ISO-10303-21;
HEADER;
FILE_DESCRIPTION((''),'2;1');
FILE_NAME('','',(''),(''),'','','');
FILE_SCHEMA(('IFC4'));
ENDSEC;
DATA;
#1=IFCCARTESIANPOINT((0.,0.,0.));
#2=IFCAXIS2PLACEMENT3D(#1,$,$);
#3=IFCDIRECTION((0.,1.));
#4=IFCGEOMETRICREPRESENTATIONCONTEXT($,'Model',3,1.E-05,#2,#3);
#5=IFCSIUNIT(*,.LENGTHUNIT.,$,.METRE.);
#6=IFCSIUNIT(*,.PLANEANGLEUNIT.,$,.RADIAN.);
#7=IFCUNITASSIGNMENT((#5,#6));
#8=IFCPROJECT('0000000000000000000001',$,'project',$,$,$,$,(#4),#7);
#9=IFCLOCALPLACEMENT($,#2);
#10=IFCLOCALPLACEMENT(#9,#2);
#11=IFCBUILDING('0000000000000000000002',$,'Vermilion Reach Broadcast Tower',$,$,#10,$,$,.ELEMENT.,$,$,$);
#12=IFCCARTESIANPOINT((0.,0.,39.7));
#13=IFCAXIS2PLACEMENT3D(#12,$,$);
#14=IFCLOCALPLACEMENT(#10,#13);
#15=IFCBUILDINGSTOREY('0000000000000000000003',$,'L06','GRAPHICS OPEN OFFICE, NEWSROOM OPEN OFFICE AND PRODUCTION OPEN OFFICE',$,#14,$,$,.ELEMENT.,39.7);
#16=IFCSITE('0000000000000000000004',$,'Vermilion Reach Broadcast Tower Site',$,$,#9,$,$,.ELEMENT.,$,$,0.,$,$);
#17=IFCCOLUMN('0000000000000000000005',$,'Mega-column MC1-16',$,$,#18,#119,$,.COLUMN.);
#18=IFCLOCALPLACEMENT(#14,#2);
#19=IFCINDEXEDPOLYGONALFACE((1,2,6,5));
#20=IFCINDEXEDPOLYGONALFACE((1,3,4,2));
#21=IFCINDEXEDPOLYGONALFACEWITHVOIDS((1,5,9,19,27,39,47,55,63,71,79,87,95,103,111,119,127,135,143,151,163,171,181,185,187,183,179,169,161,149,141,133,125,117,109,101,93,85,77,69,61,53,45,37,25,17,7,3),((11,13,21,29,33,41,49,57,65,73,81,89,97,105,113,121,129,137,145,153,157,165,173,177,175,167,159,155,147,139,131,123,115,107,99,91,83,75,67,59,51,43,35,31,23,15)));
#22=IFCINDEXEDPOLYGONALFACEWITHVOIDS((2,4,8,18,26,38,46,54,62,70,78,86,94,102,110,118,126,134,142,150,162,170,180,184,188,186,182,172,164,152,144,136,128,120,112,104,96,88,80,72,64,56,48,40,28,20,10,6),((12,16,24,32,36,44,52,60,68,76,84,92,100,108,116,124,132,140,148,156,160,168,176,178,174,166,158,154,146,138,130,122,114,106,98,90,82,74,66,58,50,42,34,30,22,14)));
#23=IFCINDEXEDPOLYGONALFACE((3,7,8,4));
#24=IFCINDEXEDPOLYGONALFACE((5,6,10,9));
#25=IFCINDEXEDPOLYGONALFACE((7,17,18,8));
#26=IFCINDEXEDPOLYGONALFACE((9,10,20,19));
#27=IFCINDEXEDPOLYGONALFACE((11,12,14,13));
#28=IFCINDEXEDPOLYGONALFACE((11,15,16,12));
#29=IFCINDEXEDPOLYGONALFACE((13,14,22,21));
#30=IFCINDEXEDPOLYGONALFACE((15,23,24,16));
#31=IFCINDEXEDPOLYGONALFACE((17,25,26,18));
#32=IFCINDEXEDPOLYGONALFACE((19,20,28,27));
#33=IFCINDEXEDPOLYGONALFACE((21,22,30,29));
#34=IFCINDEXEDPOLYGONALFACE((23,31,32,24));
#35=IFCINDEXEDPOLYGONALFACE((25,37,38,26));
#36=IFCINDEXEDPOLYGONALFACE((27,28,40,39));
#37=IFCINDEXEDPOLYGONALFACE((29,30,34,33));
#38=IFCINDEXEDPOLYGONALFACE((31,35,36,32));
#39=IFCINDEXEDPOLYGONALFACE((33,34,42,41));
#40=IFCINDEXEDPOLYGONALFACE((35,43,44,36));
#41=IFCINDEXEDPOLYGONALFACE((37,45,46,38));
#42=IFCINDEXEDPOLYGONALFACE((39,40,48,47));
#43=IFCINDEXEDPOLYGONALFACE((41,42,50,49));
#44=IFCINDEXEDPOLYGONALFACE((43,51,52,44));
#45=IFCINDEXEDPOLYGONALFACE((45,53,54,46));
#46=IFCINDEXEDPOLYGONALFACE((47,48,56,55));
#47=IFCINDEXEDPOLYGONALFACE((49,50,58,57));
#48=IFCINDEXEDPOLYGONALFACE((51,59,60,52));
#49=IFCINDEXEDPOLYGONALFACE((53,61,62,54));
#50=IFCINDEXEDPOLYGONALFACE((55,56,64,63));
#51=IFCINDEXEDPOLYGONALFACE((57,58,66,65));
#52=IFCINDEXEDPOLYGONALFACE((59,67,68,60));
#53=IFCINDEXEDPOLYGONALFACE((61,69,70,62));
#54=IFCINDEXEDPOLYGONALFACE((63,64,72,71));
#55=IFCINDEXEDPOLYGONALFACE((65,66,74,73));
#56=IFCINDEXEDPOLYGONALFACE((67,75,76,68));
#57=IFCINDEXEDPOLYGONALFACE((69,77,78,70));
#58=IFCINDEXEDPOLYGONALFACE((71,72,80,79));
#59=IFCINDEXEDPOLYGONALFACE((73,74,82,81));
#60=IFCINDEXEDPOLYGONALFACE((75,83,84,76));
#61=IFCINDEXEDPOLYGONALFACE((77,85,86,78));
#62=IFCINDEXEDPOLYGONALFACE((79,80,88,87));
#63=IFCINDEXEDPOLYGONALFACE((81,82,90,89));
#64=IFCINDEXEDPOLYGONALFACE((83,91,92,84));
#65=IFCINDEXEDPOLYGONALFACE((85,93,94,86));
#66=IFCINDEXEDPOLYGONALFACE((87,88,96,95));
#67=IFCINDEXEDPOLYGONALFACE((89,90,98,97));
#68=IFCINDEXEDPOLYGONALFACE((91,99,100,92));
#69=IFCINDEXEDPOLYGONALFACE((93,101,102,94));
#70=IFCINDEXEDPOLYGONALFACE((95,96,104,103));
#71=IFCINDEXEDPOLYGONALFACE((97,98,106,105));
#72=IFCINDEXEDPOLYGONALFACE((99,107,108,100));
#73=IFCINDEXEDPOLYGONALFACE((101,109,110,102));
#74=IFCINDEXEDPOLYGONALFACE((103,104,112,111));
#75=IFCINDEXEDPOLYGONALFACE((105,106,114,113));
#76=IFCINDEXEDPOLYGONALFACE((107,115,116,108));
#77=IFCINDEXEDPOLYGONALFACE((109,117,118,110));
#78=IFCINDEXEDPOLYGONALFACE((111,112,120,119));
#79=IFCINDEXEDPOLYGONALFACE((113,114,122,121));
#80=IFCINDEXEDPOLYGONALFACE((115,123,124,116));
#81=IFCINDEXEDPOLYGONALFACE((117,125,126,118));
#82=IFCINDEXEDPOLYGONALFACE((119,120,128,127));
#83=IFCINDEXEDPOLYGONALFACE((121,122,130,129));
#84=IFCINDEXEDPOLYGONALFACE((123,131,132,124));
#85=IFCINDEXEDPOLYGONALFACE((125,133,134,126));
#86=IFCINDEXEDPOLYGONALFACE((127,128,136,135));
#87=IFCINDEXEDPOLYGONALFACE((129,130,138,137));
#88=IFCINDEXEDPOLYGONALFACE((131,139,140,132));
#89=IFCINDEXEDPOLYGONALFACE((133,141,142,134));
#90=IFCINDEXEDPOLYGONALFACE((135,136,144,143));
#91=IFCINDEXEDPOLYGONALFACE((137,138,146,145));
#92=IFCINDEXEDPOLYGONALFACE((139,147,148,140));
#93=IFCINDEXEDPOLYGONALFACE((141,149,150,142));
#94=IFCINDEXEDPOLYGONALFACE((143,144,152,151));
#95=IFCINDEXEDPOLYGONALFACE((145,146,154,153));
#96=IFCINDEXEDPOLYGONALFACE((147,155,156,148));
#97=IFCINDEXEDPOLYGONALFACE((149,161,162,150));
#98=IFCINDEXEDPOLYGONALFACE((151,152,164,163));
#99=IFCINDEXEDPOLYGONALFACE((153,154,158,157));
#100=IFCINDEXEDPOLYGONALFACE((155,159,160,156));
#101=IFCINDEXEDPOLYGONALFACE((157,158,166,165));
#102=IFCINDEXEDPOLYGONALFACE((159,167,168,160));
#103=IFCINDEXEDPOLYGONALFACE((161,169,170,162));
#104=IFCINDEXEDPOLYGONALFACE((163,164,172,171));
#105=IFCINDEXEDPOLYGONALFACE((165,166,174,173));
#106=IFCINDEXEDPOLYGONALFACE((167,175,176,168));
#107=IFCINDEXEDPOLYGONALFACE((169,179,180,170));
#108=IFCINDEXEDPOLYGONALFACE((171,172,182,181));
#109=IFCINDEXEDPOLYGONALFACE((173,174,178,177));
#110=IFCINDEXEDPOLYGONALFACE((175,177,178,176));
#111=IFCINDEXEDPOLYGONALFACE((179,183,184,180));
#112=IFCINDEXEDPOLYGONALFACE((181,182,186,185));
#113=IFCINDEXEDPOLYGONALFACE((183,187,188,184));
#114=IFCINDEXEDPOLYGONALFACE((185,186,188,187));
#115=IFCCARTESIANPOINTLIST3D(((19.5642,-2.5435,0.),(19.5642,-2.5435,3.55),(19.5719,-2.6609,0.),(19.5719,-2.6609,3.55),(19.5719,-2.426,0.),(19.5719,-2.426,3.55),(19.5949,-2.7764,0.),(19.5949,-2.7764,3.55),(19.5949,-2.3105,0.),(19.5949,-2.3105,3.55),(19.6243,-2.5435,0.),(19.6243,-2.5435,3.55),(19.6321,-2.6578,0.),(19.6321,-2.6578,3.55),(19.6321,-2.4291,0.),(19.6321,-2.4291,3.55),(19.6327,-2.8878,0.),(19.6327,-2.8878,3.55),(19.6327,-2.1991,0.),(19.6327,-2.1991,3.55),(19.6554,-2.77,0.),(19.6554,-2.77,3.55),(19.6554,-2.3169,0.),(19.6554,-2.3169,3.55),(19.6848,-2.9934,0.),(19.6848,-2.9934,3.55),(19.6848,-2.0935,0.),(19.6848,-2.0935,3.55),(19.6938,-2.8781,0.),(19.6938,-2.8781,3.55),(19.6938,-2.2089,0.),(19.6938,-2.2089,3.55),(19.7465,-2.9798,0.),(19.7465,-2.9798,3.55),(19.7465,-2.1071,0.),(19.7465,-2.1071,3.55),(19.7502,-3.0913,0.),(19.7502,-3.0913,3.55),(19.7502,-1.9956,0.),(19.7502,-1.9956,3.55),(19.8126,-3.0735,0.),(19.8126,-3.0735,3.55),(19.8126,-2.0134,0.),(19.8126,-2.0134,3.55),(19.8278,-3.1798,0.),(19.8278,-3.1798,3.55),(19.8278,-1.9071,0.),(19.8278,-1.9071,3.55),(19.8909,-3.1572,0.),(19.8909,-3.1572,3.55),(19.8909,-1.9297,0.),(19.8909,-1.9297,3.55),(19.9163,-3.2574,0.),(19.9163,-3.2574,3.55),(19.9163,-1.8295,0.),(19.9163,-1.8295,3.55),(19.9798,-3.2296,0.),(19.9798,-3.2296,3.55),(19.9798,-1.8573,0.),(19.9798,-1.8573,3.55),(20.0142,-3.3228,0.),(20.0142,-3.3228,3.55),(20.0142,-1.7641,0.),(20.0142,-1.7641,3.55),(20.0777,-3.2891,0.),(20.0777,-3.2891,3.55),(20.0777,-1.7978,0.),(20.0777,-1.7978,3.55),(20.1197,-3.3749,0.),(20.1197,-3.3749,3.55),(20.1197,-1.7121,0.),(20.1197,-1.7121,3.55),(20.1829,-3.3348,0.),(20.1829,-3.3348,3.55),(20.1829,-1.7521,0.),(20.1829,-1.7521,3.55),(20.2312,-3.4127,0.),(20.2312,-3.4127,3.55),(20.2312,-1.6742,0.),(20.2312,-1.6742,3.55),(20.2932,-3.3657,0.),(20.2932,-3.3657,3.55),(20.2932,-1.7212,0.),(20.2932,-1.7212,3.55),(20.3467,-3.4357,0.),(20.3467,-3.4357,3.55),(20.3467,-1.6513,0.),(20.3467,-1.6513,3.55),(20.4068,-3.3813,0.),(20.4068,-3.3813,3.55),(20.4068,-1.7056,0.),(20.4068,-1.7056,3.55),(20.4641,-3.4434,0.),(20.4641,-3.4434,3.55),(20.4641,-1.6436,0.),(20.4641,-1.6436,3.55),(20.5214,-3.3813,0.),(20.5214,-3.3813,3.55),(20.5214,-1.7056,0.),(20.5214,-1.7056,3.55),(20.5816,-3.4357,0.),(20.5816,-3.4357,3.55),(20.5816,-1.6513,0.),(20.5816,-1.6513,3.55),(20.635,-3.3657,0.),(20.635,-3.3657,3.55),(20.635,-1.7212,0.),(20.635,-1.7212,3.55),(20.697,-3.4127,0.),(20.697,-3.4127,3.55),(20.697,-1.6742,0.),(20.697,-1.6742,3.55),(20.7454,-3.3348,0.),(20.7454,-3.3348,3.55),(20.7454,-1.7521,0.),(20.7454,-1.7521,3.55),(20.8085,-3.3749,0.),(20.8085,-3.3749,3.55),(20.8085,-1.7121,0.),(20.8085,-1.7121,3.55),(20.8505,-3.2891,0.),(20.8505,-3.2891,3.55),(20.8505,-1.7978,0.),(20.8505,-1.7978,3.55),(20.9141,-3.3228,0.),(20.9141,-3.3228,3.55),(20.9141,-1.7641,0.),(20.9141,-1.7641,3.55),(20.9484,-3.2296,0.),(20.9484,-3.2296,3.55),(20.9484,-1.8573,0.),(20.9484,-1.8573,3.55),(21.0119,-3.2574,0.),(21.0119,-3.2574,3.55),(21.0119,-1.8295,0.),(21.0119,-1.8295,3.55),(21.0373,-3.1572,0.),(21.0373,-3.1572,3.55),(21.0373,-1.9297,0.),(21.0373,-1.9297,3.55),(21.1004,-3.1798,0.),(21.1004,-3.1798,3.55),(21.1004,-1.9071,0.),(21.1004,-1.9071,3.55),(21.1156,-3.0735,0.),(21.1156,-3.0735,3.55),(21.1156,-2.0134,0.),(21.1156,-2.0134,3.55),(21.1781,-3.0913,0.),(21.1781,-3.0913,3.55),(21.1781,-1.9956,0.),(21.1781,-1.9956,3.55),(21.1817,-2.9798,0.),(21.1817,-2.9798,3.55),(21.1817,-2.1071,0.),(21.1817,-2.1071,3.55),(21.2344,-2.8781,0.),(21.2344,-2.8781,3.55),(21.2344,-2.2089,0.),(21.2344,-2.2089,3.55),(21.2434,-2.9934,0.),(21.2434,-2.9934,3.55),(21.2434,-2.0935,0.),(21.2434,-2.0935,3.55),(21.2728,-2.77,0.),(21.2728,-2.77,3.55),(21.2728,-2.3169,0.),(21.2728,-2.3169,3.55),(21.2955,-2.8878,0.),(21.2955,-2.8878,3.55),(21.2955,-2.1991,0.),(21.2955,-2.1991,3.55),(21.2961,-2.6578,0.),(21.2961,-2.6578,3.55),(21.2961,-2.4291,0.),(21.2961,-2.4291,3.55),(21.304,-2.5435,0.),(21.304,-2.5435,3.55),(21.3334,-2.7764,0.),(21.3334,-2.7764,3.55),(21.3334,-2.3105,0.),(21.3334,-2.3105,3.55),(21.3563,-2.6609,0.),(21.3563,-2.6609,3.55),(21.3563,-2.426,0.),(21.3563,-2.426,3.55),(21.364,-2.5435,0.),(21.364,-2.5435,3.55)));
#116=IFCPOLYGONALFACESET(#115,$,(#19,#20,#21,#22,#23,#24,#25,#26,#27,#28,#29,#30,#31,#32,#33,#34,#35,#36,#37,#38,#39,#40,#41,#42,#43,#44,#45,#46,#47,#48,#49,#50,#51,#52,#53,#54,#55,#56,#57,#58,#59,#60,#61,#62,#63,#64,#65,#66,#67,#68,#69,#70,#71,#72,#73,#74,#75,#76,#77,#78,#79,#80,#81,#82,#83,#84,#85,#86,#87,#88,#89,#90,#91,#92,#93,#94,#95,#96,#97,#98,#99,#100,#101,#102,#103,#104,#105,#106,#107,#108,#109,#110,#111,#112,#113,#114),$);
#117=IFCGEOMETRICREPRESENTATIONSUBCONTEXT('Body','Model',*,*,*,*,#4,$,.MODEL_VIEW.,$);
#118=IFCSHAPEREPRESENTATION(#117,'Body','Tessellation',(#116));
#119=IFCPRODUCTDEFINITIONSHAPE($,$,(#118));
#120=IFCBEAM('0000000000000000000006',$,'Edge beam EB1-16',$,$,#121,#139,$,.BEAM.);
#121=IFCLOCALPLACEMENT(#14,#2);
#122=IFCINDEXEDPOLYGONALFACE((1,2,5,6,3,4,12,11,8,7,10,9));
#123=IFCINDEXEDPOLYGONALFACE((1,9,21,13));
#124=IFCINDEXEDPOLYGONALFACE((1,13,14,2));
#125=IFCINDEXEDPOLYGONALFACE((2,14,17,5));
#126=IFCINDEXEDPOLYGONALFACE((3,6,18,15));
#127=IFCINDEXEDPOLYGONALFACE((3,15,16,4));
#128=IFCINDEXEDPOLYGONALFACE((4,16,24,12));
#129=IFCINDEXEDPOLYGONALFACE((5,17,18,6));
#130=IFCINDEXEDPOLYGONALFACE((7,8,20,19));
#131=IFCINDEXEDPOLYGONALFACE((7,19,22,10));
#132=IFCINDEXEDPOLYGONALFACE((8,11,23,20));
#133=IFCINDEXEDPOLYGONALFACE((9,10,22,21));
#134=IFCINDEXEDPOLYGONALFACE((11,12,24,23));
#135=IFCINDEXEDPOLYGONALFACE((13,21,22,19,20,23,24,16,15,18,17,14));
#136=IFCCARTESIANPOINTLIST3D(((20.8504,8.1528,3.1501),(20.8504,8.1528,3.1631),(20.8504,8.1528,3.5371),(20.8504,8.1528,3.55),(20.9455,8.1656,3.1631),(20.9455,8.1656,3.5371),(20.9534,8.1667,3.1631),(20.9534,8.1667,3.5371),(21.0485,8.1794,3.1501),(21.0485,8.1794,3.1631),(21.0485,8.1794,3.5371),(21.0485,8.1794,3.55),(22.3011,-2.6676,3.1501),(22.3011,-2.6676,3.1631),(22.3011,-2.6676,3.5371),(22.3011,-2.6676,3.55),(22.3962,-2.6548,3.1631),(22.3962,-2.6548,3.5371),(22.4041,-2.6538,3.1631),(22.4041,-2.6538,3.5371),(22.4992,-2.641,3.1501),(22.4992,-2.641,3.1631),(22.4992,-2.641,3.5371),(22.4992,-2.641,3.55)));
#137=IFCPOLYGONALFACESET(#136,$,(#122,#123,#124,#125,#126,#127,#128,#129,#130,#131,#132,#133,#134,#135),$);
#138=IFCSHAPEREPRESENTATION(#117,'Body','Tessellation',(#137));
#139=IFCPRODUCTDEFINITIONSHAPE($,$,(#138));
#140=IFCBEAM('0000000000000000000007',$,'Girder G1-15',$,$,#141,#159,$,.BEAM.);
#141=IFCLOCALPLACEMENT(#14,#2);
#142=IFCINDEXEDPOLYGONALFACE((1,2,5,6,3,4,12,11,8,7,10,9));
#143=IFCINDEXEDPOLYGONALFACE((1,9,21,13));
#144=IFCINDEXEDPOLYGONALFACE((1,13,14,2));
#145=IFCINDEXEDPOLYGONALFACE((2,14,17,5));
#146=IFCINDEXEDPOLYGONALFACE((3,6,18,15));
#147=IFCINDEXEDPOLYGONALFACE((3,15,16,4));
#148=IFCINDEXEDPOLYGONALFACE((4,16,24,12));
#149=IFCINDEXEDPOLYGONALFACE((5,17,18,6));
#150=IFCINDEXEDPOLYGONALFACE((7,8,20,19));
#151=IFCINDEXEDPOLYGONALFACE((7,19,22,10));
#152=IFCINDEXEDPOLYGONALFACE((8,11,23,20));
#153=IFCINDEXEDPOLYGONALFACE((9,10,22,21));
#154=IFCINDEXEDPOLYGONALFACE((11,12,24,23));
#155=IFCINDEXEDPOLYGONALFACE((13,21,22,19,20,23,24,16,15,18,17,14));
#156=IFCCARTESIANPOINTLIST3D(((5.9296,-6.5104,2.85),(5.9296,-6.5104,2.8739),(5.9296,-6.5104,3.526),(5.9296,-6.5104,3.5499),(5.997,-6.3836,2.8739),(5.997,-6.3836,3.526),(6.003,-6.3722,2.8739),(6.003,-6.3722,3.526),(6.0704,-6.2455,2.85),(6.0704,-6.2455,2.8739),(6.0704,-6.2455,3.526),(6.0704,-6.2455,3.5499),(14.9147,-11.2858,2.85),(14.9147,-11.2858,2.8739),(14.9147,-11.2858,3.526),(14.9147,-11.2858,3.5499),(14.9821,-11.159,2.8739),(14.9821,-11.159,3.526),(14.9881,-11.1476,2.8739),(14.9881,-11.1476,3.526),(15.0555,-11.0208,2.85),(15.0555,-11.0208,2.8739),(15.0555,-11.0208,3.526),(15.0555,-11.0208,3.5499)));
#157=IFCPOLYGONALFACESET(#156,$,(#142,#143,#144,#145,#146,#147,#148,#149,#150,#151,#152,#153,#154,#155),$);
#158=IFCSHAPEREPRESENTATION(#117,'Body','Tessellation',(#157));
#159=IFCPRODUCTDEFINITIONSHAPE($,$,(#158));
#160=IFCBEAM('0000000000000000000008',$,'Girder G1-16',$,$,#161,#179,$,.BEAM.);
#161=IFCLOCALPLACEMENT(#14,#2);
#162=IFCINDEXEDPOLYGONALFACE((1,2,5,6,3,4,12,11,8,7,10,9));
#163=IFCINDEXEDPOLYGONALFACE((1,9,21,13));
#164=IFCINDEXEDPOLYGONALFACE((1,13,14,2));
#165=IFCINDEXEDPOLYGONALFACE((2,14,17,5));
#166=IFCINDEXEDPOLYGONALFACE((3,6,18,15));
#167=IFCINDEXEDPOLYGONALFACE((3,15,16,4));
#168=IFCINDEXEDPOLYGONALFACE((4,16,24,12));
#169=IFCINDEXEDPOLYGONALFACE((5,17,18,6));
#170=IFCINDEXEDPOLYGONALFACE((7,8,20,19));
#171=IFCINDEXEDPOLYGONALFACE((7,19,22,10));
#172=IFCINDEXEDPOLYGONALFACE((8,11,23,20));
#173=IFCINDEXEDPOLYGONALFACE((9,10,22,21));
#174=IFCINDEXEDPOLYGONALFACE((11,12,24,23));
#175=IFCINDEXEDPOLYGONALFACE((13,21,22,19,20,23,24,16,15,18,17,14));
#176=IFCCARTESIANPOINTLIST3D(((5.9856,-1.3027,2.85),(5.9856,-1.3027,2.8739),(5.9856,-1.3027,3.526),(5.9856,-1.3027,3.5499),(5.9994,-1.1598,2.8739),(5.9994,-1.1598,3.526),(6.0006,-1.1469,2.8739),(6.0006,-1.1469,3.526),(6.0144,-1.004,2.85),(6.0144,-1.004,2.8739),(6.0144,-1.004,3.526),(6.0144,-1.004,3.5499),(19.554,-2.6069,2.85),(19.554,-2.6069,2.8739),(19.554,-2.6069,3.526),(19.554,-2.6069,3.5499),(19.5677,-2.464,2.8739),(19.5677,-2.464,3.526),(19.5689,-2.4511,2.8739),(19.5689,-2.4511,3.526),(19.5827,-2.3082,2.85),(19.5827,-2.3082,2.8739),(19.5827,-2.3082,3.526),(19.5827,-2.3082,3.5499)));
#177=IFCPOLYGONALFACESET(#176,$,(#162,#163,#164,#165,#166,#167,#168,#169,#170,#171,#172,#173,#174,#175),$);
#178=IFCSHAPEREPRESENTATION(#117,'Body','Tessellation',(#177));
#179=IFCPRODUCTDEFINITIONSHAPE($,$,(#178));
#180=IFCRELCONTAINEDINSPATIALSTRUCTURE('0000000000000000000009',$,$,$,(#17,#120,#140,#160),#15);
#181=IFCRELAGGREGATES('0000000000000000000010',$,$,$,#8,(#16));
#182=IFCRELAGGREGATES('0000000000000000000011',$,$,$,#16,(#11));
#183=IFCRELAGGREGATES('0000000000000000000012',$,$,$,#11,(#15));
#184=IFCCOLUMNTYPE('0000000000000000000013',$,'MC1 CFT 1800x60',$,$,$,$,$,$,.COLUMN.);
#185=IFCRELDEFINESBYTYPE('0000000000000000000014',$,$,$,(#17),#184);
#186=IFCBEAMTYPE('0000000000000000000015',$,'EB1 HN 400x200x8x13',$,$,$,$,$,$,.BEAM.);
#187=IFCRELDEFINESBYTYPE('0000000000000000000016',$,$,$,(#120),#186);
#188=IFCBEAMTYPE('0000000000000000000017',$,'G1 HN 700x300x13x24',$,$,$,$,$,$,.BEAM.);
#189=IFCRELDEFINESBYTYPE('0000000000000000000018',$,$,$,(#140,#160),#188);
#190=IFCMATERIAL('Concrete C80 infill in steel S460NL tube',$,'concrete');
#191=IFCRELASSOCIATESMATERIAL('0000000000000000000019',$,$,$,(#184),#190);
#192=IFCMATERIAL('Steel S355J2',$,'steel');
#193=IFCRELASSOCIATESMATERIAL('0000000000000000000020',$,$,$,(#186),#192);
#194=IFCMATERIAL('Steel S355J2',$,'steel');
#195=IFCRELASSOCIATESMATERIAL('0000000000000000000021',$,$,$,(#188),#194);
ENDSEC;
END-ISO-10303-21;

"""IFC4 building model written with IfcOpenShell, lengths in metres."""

from ifc_helpers import new_model, si_unit, direction, frame, origin, origin_2d, place, context, subcontext, project, spatial, hollow_circle, i_section, extrude, material, material_profile, profile_set, type_object, element, save


model = new_model("IFC4")

# Units and contexts
model_context = context("Model", 3, precision=1e-05, world=origin(), true_north=direction((0.0, 1.0)))
body_context = subcontext(model_context, "Body", "Model", "MODEL_VIEW")
ifc_project = project(units=[si_unit("LENGTHUNIT", "METRE"), si_unit("PLANEANGLEUNIT", "RADIAN")], contexts=[model_context])

# Site, building, storey
site_placement = place(None, origin())
site = spatial("IfcSite", under=ifc_project, at=site_placement, Name="Vermilion Reach Broadcast Tower Site", CompositionType="ELEMENT", RefElevation=0.0)
building_placement = place(site_placement, origin())
building = spatial("IfcBuilding", under=site, at=building_placement, Name="Vermilion Reach Broadcast Tower", CompositionType="ELEMENT")
storey_placement = place(building_placement, frame((0.0, 0.0, 39.7)))
storey = spatial("IfcBuildingStorey", under=building, at=storey_placement, Name="L06", Description="GRAPHICS OPEN OFFICE, NEWSROOM OPEN OFFICE AND PRODUCTION OPEN OFFICE", CompositionType="ELEMENT", Elevation=39.7)

# Column
ifc_material_1 = material(Name="Concrete C80 infill in steel S460NL tube", Category="concrete")
ifc_material_profile_1 = material_profile(ifc_material_1, hollow_circle(Radius=0.8999, WallThickness=0.0601, at=origin_2d()), Name="Concrete C80 infill in steel S460NL tube CFT 1800x60")
ifc_profile_set_1 = profile_set([ifc_material_profile_1], Name="Concrete C80 infill in steel S460NL tube")
column_type = type_object("IfcColumnType", Name="MC1 CFT 1800x60", PredefinedType="COLUMN", material=ifc_profile_set_1)
column_placement = place(storey_placement, frame((20.4641, -2.5435, 0.0), z_axis=(0.0, 0.0, 1.0), x_axis=(1.0, 0.0, 0.0)))
element("IfcColumn", 1, at=column_placement, inside=storey, type_object=column_type, Name="Mega-column MC1-16", PredefinedType="COLUMN", context=body_context, shape_type="SweptSolid", body=[
    extrude(hollow_circle(Radius=0.8999, WallThickness=0.0601, at=origin_2d()), origin(), (0.0, 0.0, 1.0), 3.55),
])

# Beams
ifc_material_2 = material(Name="Steel S355J2", Category="steel")
ifc_material_profile_2 = material_profile(ifc_material_2, i_section(OverallWidth=0.2, OverallDepth=0.3999, WebThickness=0.0081, FlangeThickness=0.0129, at=origin_2d()), Name="S355J2 HN 400x200x8x13")
ifc_profile_set_2 = profile_set([ifc_material_profile_2], Name="Steel S355J2")
beam_type_1 = type_object("IfcBeamType", Name="EB1 HN 400x200x8x13", PredefinedType="BEAM", material=ifc_profile_set_2)
beam_1_placement = place(storey_placement, frame((22.4001, -2.6543, 3.3501), z_axis=(-0.132881, 0.991132, 0.0), x_axis=(-0.991132, -0.132881, 0.0)))
element("IfcBeam", 2, at=beam_1_placement, inside=storey, type_object=beam_type_1, Name="Edge beam EB1-16", PredefinedType="BEAM", context=body_context, shape_type="SweptSolid", body=[
    extrude(i_section(OverallWidth=0.2, OverallDepth=0.3999, WebThickness=0.0081, FlangeThickness=0.0129, at=origin_2d()), origin(), (0.0, 0.0, 1.0), 10.9172),
])
ifc_material_3 = material(Name="Steel S355J2", Category="steel")
ifc_material_profile_3 = material_profile(ifc_material_3, i_section(OverallWidth=0.3, OverallDepth=0.7, WebThickness=0.0129, FlangeThickness=0.0239, at=origin_2d()), Name="S355J2 HN 700x300x13x24")
ifc_profile_set_3 = profile_set([ifc_material_profile_3], Name="Steel S355J2")
beam_type_2 = type_object("IfcBeamType", Name="G1 HN 700x300x13x24", PredefinedType="BEAM", material=ifc_profile_set_3)
beam_2_placement = place(storey_placement, frame((6.0, -6.3779, 3.2), z_axis=(0.883032, -0.469313, 0.0), x_axis=(0.469313, 0.883032, 0.0)))
element("IfcBeam", 3, at=beam_2_placement, inside=storey, type_object=beam_type_2, Name="Girder G1-15", PredefinedType="BEAM", context=body_context, shape_type="SweptSolid", body=[
    extrude(i_section(OverallWidth=0.3, OverallDepth=0.7, WebThickness=0.0129, FlangeThickness=0.0239, at=origin_2d()), origin(), (0.0, 0.0, 1.0), 10.1753),
])
beam_3_placement = place(storey_placement, frame((6.0, -1.1533, 3.2), z_axis=(0.995412, -0.09568, 0.0), x_axis=(0.09568, 0.995412, 0.0)))
element("IfcBeam", 4, at=beam_3_placement, inside=storey, type_object=beam_type_2, Name="Girder G1-16", PredefinedType="BEAM", context=body_context, shape_type="SweptSolid", body=[
    extrude(i_section(OverallWidth=0.3, OverallDepth=0.7, WebThickness=0.0129, FlangeThickness=0.0239, at=origin_2d()), origin(), (0.0, 0.0, 1.0), 13.6309),
])

save(model, "model.ifc")
